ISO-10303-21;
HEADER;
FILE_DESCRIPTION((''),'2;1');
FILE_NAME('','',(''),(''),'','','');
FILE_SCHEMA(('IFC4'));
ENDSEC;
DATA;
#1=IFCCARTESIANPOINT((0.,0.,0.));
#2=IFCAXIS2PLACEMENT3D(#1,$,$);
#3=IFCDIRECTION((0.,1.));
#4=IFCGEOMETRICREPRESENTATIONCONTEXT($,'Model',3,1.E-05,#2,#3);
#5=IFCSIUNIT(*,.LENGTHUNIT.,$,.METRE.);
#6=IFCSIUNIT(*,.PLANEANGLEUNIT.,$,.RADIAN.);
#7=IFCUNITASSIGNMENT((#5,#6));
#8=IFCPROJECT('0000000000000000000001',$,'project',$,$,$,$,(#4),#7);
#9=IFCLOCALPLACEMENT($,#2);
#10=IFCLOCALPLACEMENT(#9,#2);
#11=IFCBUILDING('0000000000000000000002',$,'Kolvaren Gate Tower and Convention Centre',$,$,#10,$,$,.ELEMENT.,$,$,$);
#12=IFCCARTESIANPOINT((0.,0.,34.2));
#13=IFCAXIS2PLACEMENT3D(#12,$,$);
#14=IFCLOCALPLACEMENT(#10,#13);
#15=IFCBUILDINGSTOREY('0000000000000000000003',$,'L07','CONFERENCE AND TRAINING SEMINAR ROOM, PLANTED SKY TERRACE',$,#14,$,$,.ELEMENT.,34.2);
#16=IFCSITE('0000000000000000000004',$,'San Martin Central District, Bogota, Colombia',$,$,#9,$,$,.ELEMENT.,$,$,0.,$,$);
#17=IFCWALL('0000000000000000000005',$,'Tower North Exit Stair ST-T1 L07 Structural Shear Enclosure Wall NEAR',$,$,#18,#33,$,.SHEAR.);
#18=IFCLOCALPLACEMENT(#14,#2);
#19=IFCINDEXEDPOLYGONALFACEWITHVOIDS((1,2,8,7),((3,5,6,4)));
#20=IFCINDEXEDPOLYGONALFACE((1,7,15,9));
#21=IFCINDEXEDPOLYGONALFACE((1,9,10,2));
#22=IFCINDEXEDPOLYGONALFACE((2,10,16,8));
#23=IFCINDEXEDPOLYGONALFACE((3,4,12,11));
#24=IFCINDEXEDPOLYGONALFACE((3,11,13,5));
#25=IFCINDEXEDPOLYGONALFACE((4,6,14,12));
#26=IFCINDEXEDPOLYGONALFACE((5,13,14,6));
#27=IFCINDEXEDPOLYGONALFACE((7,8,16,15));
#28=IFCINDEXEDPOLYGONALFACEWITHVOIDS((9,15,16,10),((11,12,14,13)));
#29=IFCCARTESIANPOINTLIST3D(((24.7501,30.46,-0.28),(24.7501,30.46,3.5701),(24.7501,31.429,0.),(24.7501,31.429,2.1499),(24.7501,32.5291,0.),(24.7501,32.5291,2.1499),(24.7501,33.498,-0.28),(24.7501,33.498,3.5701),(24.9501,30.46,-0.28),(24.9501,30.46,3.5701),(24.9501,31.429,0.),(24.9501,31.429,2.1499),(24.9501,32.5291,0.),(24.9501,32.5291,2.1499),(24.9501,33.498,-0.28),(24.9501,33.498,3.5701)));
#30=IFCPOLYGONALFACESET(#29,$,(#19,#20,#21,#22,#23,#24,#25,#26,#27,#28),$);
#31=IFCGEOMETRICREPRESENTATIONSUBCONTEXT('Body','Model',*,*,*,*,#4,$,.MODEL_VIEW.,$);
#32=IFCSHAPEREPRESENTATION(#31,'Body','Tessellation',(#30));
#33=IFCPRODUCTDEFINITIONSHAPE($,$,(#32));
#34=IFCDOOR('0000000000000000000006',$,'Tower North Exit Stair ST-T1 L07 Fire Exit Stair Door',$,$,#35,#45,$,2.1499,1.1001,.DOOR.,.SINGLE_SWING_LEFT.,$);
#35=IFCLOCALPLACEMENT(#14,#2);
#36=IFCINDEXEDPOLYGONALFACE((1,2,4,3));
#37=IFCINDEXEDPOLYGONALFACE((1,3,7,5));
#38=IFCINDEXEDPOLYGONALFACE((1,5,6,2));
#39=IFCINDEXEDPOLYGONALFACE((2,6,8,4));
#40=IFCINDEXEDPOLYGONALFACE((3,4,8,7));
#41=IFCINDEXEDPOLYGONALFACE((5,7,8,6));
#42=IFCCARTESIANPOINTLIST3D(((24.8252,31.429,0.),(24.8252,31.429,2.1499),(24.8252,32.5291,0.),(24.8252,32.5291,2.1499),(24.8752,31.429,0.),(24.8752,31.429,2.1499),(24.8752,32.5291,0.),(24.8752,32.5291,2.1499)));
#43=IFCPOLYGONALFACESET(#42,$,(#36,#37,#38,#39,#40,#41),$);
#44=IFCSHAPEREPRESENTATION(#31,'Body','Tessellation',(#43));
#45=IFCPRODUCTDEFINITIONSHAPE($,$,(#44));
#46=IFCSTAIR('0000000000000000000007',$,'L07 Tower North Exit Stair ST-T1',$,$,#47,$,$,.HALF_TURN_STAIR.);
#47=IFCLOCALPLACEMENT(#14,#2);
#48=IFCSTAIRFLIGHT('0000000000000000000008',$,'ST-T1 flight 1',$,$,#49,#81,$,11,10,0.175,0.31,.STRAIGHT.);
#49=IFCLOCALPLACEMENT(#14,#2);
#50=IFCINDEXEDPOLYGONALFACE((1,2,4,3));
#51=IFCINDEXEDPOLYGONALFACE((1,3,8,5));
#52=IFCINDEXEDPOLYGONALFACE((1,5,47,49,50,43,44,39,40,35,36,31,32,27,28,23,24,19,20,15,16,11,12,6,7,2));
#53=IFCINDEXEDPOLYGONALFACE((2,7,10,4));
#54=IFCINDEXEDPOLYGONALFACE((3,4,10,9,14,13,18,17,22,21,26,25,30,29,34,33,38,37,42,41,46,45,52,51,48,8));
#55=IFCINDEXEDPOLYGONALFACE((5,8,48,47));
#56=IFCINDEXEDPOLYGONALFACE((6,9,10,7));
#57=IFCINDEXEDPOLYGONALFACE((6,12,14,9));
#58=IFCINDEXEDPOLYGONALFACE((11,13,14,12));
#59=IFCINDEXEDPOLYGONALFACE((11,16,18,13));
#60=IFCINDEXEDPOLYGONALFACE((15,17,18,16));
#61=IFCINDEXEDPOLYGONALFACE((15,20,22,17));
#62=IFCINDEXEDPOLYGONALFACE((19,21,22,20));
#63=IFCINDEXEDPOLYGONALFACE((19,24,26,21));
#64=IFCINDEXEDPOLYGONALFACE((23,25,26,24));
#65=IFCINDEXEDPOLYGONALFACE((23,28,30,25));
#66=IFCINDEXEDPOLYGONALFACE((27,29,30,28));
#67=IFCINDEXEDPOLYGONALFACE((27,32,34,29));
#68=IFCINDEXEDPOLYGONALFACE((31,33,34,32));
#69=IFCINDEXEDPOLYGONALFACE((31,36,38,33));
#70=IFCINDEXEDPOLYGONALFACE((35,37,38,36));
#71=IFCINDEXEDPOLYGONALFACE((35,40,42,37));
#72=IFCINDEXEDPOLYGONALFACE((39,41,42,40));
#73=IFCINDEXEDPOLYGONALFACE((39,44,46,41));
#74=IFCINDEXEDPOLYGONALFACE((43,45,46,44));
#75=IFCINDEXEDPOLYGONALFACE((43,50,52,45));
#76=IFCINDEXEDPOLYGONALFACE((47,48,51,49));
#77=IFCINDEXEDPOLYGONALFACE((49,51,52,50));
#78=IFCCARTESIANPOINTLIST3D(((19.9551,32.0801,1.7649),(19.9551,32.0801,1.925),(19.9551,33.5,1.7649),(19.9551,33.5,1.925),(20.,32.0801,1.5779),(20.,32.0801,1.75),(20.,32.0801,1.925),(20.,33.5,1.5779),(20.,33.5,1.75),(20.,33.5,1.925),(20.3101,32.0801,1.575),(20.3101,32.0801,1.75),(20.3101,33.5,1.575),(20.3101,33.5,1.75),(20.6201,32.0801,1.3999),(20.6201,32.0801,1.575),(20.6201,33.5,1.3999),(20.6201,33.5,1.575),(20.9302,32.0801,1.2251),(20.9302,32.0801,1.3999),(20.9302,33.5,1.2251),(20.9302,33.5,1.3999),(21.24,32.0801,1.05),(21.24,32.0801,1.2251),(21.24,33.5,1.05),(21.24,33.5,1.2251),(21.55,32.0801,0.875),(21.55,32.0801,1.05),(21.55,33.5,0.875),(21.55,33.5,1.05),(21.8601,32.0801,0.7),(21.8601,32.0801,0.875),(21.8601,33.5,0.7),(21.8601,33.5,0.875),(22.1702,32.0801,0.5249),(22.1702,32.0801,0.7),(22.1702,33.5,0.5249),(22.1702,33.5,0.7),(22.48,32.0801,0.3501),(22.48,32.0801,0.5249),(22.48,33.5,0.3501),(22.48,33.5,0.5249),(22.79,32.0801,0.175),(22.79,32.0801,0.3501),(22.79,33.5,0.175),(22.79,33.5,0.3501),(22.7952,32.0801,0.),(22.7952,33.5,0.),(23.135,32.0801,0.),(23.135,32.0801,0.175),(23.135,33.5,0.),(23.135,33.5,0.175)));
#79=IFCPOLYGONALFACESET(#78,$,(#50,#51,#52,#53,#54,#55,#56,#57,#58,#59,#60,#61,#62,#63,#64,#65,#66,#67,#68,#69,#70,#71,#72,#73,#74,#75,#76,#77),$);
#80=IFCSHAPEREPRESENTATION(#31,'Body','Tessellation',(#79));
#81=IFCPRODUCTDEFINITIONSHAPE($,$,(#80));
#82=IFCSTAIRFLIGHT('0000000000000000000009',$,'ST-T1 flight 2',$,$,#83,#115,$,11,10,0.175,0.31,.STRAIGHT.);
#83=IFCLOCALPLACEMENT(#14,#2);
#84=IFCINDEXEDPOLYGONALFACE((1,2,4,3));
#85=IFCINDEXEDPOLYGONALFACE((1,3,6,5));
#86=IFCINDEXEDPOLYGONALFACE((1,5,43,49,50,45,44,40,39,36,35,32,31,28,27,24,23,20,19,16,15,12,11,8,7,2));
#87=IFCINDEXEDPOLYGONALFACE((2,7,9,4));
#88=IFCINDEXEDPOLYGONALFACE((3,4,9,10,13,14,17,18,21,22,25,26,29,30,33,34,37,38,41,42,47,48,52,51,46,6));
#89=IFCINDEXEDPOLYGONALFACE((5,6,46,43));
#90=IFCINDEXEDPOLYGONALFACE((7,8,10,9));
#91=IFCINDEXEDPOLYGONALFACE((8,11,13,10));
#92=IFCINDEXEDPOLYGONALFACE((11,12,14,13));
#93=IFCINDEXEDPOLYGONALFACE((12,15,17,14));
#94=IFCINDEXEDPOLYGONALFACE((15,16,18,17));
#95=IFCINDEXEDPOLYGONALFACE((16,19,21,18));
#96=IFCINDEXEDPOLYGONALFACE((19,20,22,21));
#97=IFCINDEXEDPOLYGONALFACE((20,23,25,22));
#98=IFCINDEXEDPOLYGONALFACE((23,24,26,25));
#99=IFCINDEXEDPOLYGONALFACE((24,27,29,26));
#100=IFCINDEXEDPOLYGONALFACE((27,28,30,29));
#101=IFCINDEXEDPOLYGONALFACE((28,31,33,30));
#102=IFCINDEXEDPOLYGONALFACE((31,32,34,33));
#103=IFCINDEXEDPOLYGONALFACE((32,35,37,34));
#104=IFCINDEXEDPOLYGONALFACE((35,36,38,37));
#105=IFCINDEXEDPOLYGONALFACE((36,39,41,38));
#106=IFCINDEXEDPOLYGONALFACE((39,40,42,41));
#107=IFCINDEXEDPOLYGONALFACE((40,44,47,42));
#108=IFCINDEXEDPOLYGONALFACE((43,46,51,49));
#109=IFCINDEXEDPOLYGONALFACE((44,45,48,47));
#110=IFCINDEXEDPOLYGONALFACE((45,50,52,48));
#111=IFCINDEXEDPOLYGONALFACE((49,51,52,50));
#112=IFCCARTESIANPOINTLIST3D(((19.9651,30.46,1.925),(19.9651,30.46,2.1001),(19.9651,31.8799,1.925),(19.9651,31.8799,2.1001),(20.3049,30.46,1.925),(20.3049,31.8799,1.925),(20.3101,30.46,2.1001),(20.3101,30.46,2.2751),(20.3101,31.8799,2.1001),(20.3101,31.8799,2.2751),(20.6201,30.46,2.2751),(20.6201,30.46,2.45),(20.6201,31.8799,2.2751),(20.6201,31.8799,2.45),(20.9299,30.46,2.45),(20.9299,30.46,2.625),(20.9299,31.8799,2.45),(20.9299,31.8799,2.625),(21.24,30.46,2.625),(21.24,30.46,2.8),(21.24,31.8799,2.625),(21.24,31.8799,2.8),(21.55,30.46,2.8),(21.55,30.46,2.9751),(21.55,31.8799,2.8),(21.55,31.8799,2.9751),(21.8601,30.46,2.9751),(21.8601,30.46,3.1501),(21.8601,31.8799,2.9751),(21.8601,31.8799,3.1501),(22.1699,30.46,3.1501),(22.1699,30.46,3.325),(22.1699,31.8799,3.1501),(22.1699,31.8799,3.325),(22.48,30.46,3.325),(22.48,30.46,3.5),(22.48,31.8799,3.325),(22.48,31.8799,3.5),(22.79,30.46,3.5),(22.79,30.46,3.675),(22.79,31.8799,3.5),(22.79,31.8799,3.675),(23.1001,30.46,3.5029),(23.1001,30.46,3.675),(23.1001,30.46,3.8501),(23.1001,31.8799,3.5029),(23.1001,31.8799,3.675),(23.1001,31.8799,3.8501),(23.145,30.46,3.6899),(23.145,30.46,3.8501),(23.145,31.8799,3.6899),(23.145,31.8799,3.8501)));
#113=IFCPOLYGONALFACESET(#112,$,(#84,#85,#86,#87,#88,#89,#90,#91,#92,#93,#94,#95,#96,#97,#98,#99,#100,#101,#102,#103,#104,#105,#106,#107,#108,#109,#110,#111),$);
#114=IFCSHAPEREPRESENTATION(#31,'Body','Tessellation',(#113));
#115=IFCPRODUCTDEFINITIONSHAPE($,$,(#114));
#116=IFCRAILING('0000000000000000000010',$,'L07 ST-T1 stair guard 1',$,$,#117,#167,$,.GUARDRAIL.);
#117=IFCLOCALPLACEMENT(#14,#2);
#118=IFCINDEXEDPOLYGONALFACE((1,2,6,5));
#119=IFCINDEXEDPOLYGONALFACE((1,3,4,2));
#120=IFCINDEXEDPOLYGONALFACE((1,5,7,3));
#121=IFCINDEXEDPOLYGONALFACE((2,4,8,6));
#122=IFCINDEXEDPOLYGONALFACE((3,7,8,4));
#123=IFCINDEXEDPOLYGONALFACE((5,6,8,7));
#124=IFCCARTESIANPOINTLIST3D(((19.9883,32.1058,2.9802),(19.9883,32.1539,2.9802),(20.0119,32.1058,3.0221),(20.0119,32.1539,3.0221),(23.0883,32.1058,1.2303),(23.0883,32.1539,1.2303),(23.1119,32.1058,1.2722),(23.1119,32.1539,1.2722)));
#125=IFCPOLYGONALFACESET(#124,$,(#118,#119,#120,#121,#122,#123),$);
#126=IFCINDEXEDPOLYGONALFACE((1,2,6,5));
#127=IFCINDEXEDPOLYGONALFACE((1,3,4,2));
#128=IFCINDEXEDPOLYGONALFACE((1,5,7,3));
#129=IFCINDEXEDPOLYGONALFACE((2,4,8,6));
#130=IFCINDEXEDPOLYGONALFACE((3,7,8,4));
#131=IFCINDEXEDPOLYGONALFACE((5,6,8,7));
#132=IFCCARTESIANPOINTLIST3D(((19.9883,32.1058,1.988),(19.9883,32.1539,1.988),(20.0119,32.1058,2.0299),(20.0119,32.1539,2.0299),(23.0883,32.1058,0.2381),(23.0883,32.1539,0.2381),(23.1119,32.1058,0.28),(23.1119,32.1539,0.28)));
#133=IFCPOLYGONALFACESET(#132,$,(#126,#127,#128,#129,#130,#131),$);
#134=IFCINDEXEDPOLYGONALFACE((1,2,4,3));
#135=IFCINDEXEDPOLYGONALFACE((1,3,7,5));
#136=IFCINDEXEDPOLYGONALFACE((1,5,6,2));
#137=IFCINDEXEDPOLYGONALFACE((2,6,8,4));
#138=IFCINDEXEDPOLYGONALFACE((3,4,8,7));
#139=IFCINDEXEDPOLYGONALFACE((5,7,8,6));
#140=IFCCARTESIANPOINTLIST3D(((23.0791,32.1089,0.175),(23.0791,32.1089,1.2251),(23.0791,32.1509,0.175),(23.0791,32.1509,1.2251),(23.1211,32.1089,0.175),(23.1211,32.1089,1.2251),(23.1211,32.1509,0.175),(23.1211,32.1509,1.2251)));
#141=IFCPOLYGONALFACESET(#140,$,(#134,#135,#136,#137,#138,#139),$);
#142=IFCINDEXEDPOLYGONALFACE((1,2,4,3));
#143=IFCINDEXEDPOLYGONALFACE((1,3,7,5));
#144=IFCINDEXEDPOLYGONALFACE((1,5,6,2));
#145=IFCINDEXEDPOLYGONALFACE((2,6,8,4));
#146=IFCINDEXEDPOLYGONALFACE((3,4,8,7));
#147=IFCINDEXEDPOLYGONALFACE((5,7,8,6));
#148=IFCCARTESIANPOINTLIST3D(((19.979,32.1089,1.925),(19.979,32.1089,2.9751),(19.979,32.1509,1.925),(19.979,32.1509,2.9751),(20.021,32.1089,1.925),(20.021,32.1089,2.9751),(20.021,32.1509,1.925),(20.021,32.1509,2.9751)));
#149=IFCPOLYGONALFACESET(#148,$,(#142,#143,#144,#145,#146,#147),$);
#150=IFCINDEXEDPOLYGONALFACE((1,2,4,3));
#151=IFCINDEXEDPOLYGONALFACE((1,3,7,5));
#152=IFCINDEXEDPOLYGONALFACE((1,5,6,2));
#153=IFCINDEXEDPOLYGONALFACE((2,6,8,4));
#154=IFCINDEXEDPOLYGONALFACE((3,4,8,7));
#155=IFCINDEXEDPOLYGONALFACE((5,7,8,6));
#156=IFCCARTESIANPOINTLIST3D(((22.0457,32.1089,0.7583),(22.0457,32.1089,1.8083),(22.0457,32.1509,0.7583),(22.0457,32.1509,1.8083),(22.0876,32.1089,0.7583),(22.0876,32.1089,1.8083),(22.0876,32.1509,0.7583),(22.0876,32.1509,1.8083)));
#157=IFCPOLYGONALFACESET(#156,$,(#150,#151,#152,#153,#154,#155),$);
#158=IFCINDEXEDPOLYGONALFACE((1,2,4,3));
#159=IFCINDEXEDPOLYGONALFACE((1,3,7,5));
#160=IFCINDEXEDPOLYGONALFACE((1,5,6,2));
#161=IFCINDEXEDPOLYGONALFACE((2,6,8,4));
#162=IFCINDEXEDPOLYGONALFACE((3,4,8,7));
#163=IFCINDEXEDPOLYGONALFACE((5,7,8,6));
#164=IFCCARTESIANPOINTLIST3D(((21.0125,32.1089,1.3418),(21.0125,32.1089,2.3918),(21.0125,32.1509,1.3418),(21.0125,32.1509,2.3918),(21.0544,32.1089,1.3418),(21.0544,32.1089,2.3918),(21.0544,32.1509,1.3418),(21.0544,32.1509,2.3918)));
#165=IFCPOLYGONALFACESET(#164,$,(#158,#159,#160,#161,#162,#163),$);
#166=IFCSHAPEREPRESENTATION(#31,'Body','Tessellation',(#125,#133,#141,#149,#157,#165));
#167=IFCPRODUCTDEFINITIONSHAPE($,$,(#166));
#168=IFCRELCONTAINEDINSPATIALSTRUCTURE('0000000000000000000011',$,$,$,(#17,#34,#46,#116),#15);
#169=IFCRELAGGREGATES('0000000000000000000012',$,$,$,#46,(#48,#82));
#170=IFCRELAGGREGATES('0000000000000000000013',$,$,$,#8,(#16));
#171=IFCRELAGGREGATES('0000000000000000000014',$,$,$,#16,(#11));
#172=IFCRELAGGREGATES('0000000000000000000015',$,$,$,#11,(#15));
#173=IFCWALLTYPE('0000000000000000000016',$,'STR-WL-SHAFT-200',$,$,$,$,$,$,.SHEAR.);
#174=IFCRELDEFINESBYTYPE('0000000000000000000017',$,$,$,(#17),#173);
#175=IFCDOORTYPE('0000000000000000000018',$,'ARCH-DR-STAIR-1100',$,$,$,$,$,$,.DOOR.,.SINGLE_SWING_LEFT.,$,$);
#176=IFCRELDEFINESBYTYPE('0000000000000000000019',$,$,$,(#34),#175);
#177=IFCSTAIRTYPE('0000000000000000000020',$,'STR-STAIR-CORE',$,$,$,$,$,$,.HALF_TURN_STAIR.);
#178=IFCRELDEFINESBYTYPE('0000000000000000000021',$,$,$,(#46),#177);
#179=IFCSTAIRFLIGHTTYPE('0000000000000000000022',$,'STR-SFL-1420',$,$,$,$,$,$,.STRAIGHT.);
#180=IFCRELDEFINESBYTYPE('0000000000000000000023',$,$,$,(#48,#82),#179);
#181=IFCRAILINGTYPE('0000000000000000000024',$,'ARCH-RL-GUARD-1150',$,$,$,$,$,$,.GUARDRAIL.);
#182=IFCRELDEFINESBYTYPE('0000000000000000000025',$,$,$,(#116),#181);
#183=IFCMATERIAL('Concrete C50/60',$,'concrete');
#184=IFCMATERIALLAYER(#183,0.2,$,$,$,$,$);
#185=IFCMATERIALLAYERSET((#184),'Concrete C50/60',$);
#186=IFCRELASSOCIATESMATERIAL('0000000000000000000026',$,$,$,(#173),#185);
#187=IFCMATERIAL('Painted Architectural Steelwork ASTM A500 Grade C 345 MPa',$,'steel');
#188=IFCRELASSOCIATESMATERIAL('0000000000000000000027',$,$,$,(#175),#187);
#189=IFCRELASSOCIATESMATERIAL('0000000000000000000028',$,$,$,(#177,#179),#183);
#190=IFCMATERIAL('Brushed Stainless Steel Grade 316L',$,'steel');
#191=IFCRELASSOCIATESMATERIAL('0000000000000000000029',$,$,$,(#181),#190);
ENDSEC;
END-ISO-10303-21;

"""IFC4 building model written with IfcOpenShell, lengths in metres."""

from ifc_helpers import new_model, si_unit, direction, frame, frame_2d, origin, origin_2d, place, context, subcontext, project, spatial, polyline, rectangle, outline, extrude, material, layer, layer_set, type_object, element, fill, aggregate, save


model = new_model("IFC4")

# Units and contexts
model_context = context("Model", 3, precision=1e-05, world=origin(), true_north=direction((0.0, 1.0)))
body_context = subcontext(model_context, "Body", "Model", "MODEL_VIEW")
ifc_project = project(units=[si_unit("LENGTHUNIT", "METRE"), si_unit("PLANEANGLEUNIT", "RADIAN")], contexts=[model_context])

# Site, building, storey
site_placement = place(None, origin())
site = spatial("IfcSite", under=ifc_project, at=site_placement, Name="San Martin Central District, Bogota, Colombia", CompositionType="ELEMENT", RefElevation=0.0)
building_placement = place(site_placement, origin())
building = spatial("IfcBuilding", under=site, at=building_placement, Name="Kolvaren Gate Tower and Convention Centre", CompositionType="ELEMENT")
storey_placement = place(building_placement, frame((0.0, 0.0, 34.2)))
storey = spatial("IfcBuildingStorey", under=building, at=storey_placement, Name="L07", Description="CONFERENCE AND TRAINING SEMINAR ROOM, PLANTED SKY TERRACE", CompositionType="ELEMENT", Elevation=34.2)

# Shared definitions
ifc_material_1 = material(Name="Brushed Stainless Steel Grade 316L", Category="steel")

# Wall, opening, door
ifc_material_2 = material(Name="Concrete C50/60", Category="concrete")
ifc_layer_1 = layer(ifc_material_2, 0.2)
ifc_layer_set_1 = layer_set([ifc_layer_1], Name="Concrete C50/60")
wall_type_1 = type_object("IfcWallType", Name="STR-WL-SHAFT-200", PredefinedType="SHEAR", material=ifc_layer_set_1)
wall_1_placement = place(storey_placement, frame((24.8501, 30.46, -0.28), z_axis=(0.0, 0.0, 1.0), x_axis=(0.0, 1.0, 0.0)))
wall_1 = element("IfcWall", 1, at=wall_1_placement, inside=storey, type_object=wall_type_1, Name="Tower North Exit Stair ST-T1 L07 Structural Shear Enclosure Wall NEAR", PredefinedType="SHEAR", context=body_context, shape_type="SweptSolid", body=[
    extrude(rectangle(XDim=3.0381, YDim=0.2, at=frame_2d((1.519, 0.0))), origin(), (0.0, 0.0, 1.0), 3.8501),
])
opening_1_placement = place(wall_1_placement, frame((0.969, 0.0, 0.28)))
opening_1 = element("IfcOpeningElement", 2, at=opening_1_placement, cuts=wall_1, PredefinedType="OPENING", context=body_context, shape_type="SweptSolid", body=[
    extrude(rectangle(XDim=1.1001, YDim=2.1499, at=frame_2d((0.55, 1.075))), frame((0.0, 0.1099, 0.0), z_axis=(0.0, -1.0, 0.0), x_axis=(1.0, 0.0, 0.0)), (0.0, 0.0, 1.0), 0.22),
])
ifc_material_3 = material(Name="Painted Architectural Steelwork ASTM A500 Grade C 345 MPa", Category="steel")
door_type_1 = type_object("IfcDoorType", Name="ARCH-DR-STAIR-1100", OperationType="SINGLE_SWING_LEFT", PredefinedType="DOOR", material=ifc_material_3)
door_1_placement = place(opening_1_placement, origin())
door_1 = element("IfcDoor", 3, at=door_1_placement, inside=storey, type_object=door_type_1, Name="Tower North Exit Stair ST-T1 L07 Fire Exit Stair Door", OperationType="SINGLE_SWING_LEFT", OverallHeight=2.1499, OverallWidth=1.1001, PredefinedType="DOOR", context=body_context, shape_type="SweptSolid", body=[
    extrude(rectangle(XDim=1.1001, YDim=2.1499, at=frame_2d((0.55, 1.075))), frame((0.0, 0.0249, 0.0), z_axis=(0.0, -1.0, 0.0), x_axis=(1.0, 0.0, 0.0)), (0.0, 0.0, 1.0), 0.05),
])
fill(opening_1, door_1)

# Stair, stair flights
stair_type = type_object("IfcStairType", Name="STR-STAIR-CORE", PredefinedType="HALF_TURN_STAIR", material=ifc_material_2)
stair_placement = place(storey_placement, origin())
stair = element("IfcStair", 4, at=stair_placement, inside=storey, type_object=stair_type, Name="L07 Tower North Exit Stair ST-T1", PredefinedType="HALF_TURN_STAIR")
stair_flight_type = type_object("IfcStairFlightType", Name="STR-SFL-1420", PredefinedType="STRAIGHT", material=ifc_material_2)
stair_flight_1_placement = place(storey_placement, frame((23.1001, 32.79, 0.0), z_axis=(0.0, 0.0, 1.0), x_axis=(-1.0, 0.0, 0.0)))
stair_flight_1 = element("IfcStairFlight", 5, at=stair_flight_1_placement, type_object=stair_flight_type, Name="ST-T1 flight 1", NumberOfRisers=11, NumberOfTreads=10, PredefinedType="STRAIGHT", RiserHeight=0.175, TreadLength=0.31, context=body_context, shape_type="SweptSolid", body=[
    extrude(outline(polyline([(-0.0349, 0.0), (-0.0349, 0.175), (0.3101, 0.175), (0.3101, 0.3501), (0.6201, 0.3501), (0.6201, 0.5249), (0.9299, 0.5249), (0.9299, 0.7), (1.24, 0.7), (1.24, 0.875), (1.55, 0.875), (1.55, 1.05), (1.8601, 1.05), (1.8601, 1.2251), (2.1699, 1.2251), (2.1699, 1.3999), (2.48, 1.3999), (2.48, 1.575), (2.79, 1.575), (2.79, 1.75), (3.1001, 1.75), (3.1001, 1.925), (3.145, 1.925), (3.145, 1.7649), (3.1001, 1.5779), (0.3049, 0.0), (-0.0349, 0.0)])), frame((0.0, 0.71, 0.0), z_axis=(0.0, -1.0, 0.0), x_axis=(1.0, 0.0, 0.0)), (0.0, 0.0, 1.0), 1.4199),
])
stair_flight_2_placement = place(storey_placement, frame((20.0, 31.1699, 1.925), z_axis=(0.0, 0.0, 1.0), x_axis=(1.0, 0.0, 0.0)))
stair_flight_2 = element("IfcStairFlight", 6, at=stair_flight_2_placement, type_object=stair_flight_type, Name="ST-T1 flight 2", NumberOfRisers=11, NumberOfTreads=10, PredefinedType="STRAIGHT", RiserHeight=0.175, TreadLength=0.31, context=body_context, shape_type="SweptSolid", body=[
    extrude(outline(polyline([(-0.0349, 0.0), (-0.0349, 0.175), (0.3101, 0.175), (0.3101, 0.3501), (0.6201, 0.3501), (0.6201, 0.5249), (0.9299, 0.5249), (0.9299, 0.7), (1.24, 0.7), (1.24, 0.875), (1.55, 0.875), (1.55, 1.05), (1.8601, 1.05), (1.8601, 1.2251), (2.1699, 1.2251), (2.1699, 1.3999), (2.48, 1.3999), (2.48, 1.575), (2.79, 1.575), (2.79, 1.75), (3.1001, 1.75), (3.1001, 1.925), (3.145, 1.925), (3.145, 1.7649), (3.1001, 1.5779), (0.3049, 0.0), (-0.0349, 0.0)])), frame((0.0, 0.71, 0.0), z_axis=(0.0, -1.0, 0.0), x_axis=(1.0, 0.0, 0.0)), (0.0, 0.0, 1.0), 1.4199),
])
aggregate(stair, [stair_flight_1, stair_flight_2])

# Railing
railing_type_1 = type_object("IfcRailingType", Name="ARCH-RL-GUARD-1150", PredefinedType="GUARDRAIL", material=ifc_material_1)
railing_1_placement = place(storey_placement, frame((23.1001, 32.1299, 0.175)))
element("IfcRailing", 7, at=railing_1_placement, inside=storey, type_object=railing_type_1, Name="L07 ST-T1 stair guard 1", PredefinedType="GUARDRAIL", context=body_context, shape_type="SweptSolid", body=[
    extrude(rectangle(XDim=0.0481, YDim=0.0481, at=origin_2d()), frame((0.0, 0.0, 1.0762), z_axis=(-0.870831, 0.0, 0.491583), x_axis=(0.0, -1.0, 0.0)), (0.0, 0.0, 1.0), 3.5598),
    extrude(rectangle(XDim=0.0481, YDim=0.0481, at=origin_2d()), frame((0.0, 0.0, 0.084), z_axis=(-0.870831, 0.0, 0.491583), x_axis=(0.0, -1.0, 0.0)), (0.0, 0.0, 1.0), 3.5598),
    extrude(rectangle(XDim=0.042, YDim=0.042, at=origin_2d()), origin(), (0.0, 0.0, 1.0), 1.05),
    extrude(rectangle(XDim=0.042, YDim=0.042, at=origin_2d()), frame((-3.1001, 0.0, 1.75)), (0.0, 0.0, 1.0), 1.05),
    extrude(rectangle(XDim=0.042, YDim=0.042, at=origin_2d()), frame((-1.0334, 0.0, 0.5833)), (0.0, 0.0, 1.0), 1.05),
    extrude(rectangle(XDim=0.042, YDim=0.042, at=origin_2d()), frame((-2.0667, 0.0, 1.1667)), (0.0, 0.0, 1.0), 1.05),
])

save(model, "model.ifc")
